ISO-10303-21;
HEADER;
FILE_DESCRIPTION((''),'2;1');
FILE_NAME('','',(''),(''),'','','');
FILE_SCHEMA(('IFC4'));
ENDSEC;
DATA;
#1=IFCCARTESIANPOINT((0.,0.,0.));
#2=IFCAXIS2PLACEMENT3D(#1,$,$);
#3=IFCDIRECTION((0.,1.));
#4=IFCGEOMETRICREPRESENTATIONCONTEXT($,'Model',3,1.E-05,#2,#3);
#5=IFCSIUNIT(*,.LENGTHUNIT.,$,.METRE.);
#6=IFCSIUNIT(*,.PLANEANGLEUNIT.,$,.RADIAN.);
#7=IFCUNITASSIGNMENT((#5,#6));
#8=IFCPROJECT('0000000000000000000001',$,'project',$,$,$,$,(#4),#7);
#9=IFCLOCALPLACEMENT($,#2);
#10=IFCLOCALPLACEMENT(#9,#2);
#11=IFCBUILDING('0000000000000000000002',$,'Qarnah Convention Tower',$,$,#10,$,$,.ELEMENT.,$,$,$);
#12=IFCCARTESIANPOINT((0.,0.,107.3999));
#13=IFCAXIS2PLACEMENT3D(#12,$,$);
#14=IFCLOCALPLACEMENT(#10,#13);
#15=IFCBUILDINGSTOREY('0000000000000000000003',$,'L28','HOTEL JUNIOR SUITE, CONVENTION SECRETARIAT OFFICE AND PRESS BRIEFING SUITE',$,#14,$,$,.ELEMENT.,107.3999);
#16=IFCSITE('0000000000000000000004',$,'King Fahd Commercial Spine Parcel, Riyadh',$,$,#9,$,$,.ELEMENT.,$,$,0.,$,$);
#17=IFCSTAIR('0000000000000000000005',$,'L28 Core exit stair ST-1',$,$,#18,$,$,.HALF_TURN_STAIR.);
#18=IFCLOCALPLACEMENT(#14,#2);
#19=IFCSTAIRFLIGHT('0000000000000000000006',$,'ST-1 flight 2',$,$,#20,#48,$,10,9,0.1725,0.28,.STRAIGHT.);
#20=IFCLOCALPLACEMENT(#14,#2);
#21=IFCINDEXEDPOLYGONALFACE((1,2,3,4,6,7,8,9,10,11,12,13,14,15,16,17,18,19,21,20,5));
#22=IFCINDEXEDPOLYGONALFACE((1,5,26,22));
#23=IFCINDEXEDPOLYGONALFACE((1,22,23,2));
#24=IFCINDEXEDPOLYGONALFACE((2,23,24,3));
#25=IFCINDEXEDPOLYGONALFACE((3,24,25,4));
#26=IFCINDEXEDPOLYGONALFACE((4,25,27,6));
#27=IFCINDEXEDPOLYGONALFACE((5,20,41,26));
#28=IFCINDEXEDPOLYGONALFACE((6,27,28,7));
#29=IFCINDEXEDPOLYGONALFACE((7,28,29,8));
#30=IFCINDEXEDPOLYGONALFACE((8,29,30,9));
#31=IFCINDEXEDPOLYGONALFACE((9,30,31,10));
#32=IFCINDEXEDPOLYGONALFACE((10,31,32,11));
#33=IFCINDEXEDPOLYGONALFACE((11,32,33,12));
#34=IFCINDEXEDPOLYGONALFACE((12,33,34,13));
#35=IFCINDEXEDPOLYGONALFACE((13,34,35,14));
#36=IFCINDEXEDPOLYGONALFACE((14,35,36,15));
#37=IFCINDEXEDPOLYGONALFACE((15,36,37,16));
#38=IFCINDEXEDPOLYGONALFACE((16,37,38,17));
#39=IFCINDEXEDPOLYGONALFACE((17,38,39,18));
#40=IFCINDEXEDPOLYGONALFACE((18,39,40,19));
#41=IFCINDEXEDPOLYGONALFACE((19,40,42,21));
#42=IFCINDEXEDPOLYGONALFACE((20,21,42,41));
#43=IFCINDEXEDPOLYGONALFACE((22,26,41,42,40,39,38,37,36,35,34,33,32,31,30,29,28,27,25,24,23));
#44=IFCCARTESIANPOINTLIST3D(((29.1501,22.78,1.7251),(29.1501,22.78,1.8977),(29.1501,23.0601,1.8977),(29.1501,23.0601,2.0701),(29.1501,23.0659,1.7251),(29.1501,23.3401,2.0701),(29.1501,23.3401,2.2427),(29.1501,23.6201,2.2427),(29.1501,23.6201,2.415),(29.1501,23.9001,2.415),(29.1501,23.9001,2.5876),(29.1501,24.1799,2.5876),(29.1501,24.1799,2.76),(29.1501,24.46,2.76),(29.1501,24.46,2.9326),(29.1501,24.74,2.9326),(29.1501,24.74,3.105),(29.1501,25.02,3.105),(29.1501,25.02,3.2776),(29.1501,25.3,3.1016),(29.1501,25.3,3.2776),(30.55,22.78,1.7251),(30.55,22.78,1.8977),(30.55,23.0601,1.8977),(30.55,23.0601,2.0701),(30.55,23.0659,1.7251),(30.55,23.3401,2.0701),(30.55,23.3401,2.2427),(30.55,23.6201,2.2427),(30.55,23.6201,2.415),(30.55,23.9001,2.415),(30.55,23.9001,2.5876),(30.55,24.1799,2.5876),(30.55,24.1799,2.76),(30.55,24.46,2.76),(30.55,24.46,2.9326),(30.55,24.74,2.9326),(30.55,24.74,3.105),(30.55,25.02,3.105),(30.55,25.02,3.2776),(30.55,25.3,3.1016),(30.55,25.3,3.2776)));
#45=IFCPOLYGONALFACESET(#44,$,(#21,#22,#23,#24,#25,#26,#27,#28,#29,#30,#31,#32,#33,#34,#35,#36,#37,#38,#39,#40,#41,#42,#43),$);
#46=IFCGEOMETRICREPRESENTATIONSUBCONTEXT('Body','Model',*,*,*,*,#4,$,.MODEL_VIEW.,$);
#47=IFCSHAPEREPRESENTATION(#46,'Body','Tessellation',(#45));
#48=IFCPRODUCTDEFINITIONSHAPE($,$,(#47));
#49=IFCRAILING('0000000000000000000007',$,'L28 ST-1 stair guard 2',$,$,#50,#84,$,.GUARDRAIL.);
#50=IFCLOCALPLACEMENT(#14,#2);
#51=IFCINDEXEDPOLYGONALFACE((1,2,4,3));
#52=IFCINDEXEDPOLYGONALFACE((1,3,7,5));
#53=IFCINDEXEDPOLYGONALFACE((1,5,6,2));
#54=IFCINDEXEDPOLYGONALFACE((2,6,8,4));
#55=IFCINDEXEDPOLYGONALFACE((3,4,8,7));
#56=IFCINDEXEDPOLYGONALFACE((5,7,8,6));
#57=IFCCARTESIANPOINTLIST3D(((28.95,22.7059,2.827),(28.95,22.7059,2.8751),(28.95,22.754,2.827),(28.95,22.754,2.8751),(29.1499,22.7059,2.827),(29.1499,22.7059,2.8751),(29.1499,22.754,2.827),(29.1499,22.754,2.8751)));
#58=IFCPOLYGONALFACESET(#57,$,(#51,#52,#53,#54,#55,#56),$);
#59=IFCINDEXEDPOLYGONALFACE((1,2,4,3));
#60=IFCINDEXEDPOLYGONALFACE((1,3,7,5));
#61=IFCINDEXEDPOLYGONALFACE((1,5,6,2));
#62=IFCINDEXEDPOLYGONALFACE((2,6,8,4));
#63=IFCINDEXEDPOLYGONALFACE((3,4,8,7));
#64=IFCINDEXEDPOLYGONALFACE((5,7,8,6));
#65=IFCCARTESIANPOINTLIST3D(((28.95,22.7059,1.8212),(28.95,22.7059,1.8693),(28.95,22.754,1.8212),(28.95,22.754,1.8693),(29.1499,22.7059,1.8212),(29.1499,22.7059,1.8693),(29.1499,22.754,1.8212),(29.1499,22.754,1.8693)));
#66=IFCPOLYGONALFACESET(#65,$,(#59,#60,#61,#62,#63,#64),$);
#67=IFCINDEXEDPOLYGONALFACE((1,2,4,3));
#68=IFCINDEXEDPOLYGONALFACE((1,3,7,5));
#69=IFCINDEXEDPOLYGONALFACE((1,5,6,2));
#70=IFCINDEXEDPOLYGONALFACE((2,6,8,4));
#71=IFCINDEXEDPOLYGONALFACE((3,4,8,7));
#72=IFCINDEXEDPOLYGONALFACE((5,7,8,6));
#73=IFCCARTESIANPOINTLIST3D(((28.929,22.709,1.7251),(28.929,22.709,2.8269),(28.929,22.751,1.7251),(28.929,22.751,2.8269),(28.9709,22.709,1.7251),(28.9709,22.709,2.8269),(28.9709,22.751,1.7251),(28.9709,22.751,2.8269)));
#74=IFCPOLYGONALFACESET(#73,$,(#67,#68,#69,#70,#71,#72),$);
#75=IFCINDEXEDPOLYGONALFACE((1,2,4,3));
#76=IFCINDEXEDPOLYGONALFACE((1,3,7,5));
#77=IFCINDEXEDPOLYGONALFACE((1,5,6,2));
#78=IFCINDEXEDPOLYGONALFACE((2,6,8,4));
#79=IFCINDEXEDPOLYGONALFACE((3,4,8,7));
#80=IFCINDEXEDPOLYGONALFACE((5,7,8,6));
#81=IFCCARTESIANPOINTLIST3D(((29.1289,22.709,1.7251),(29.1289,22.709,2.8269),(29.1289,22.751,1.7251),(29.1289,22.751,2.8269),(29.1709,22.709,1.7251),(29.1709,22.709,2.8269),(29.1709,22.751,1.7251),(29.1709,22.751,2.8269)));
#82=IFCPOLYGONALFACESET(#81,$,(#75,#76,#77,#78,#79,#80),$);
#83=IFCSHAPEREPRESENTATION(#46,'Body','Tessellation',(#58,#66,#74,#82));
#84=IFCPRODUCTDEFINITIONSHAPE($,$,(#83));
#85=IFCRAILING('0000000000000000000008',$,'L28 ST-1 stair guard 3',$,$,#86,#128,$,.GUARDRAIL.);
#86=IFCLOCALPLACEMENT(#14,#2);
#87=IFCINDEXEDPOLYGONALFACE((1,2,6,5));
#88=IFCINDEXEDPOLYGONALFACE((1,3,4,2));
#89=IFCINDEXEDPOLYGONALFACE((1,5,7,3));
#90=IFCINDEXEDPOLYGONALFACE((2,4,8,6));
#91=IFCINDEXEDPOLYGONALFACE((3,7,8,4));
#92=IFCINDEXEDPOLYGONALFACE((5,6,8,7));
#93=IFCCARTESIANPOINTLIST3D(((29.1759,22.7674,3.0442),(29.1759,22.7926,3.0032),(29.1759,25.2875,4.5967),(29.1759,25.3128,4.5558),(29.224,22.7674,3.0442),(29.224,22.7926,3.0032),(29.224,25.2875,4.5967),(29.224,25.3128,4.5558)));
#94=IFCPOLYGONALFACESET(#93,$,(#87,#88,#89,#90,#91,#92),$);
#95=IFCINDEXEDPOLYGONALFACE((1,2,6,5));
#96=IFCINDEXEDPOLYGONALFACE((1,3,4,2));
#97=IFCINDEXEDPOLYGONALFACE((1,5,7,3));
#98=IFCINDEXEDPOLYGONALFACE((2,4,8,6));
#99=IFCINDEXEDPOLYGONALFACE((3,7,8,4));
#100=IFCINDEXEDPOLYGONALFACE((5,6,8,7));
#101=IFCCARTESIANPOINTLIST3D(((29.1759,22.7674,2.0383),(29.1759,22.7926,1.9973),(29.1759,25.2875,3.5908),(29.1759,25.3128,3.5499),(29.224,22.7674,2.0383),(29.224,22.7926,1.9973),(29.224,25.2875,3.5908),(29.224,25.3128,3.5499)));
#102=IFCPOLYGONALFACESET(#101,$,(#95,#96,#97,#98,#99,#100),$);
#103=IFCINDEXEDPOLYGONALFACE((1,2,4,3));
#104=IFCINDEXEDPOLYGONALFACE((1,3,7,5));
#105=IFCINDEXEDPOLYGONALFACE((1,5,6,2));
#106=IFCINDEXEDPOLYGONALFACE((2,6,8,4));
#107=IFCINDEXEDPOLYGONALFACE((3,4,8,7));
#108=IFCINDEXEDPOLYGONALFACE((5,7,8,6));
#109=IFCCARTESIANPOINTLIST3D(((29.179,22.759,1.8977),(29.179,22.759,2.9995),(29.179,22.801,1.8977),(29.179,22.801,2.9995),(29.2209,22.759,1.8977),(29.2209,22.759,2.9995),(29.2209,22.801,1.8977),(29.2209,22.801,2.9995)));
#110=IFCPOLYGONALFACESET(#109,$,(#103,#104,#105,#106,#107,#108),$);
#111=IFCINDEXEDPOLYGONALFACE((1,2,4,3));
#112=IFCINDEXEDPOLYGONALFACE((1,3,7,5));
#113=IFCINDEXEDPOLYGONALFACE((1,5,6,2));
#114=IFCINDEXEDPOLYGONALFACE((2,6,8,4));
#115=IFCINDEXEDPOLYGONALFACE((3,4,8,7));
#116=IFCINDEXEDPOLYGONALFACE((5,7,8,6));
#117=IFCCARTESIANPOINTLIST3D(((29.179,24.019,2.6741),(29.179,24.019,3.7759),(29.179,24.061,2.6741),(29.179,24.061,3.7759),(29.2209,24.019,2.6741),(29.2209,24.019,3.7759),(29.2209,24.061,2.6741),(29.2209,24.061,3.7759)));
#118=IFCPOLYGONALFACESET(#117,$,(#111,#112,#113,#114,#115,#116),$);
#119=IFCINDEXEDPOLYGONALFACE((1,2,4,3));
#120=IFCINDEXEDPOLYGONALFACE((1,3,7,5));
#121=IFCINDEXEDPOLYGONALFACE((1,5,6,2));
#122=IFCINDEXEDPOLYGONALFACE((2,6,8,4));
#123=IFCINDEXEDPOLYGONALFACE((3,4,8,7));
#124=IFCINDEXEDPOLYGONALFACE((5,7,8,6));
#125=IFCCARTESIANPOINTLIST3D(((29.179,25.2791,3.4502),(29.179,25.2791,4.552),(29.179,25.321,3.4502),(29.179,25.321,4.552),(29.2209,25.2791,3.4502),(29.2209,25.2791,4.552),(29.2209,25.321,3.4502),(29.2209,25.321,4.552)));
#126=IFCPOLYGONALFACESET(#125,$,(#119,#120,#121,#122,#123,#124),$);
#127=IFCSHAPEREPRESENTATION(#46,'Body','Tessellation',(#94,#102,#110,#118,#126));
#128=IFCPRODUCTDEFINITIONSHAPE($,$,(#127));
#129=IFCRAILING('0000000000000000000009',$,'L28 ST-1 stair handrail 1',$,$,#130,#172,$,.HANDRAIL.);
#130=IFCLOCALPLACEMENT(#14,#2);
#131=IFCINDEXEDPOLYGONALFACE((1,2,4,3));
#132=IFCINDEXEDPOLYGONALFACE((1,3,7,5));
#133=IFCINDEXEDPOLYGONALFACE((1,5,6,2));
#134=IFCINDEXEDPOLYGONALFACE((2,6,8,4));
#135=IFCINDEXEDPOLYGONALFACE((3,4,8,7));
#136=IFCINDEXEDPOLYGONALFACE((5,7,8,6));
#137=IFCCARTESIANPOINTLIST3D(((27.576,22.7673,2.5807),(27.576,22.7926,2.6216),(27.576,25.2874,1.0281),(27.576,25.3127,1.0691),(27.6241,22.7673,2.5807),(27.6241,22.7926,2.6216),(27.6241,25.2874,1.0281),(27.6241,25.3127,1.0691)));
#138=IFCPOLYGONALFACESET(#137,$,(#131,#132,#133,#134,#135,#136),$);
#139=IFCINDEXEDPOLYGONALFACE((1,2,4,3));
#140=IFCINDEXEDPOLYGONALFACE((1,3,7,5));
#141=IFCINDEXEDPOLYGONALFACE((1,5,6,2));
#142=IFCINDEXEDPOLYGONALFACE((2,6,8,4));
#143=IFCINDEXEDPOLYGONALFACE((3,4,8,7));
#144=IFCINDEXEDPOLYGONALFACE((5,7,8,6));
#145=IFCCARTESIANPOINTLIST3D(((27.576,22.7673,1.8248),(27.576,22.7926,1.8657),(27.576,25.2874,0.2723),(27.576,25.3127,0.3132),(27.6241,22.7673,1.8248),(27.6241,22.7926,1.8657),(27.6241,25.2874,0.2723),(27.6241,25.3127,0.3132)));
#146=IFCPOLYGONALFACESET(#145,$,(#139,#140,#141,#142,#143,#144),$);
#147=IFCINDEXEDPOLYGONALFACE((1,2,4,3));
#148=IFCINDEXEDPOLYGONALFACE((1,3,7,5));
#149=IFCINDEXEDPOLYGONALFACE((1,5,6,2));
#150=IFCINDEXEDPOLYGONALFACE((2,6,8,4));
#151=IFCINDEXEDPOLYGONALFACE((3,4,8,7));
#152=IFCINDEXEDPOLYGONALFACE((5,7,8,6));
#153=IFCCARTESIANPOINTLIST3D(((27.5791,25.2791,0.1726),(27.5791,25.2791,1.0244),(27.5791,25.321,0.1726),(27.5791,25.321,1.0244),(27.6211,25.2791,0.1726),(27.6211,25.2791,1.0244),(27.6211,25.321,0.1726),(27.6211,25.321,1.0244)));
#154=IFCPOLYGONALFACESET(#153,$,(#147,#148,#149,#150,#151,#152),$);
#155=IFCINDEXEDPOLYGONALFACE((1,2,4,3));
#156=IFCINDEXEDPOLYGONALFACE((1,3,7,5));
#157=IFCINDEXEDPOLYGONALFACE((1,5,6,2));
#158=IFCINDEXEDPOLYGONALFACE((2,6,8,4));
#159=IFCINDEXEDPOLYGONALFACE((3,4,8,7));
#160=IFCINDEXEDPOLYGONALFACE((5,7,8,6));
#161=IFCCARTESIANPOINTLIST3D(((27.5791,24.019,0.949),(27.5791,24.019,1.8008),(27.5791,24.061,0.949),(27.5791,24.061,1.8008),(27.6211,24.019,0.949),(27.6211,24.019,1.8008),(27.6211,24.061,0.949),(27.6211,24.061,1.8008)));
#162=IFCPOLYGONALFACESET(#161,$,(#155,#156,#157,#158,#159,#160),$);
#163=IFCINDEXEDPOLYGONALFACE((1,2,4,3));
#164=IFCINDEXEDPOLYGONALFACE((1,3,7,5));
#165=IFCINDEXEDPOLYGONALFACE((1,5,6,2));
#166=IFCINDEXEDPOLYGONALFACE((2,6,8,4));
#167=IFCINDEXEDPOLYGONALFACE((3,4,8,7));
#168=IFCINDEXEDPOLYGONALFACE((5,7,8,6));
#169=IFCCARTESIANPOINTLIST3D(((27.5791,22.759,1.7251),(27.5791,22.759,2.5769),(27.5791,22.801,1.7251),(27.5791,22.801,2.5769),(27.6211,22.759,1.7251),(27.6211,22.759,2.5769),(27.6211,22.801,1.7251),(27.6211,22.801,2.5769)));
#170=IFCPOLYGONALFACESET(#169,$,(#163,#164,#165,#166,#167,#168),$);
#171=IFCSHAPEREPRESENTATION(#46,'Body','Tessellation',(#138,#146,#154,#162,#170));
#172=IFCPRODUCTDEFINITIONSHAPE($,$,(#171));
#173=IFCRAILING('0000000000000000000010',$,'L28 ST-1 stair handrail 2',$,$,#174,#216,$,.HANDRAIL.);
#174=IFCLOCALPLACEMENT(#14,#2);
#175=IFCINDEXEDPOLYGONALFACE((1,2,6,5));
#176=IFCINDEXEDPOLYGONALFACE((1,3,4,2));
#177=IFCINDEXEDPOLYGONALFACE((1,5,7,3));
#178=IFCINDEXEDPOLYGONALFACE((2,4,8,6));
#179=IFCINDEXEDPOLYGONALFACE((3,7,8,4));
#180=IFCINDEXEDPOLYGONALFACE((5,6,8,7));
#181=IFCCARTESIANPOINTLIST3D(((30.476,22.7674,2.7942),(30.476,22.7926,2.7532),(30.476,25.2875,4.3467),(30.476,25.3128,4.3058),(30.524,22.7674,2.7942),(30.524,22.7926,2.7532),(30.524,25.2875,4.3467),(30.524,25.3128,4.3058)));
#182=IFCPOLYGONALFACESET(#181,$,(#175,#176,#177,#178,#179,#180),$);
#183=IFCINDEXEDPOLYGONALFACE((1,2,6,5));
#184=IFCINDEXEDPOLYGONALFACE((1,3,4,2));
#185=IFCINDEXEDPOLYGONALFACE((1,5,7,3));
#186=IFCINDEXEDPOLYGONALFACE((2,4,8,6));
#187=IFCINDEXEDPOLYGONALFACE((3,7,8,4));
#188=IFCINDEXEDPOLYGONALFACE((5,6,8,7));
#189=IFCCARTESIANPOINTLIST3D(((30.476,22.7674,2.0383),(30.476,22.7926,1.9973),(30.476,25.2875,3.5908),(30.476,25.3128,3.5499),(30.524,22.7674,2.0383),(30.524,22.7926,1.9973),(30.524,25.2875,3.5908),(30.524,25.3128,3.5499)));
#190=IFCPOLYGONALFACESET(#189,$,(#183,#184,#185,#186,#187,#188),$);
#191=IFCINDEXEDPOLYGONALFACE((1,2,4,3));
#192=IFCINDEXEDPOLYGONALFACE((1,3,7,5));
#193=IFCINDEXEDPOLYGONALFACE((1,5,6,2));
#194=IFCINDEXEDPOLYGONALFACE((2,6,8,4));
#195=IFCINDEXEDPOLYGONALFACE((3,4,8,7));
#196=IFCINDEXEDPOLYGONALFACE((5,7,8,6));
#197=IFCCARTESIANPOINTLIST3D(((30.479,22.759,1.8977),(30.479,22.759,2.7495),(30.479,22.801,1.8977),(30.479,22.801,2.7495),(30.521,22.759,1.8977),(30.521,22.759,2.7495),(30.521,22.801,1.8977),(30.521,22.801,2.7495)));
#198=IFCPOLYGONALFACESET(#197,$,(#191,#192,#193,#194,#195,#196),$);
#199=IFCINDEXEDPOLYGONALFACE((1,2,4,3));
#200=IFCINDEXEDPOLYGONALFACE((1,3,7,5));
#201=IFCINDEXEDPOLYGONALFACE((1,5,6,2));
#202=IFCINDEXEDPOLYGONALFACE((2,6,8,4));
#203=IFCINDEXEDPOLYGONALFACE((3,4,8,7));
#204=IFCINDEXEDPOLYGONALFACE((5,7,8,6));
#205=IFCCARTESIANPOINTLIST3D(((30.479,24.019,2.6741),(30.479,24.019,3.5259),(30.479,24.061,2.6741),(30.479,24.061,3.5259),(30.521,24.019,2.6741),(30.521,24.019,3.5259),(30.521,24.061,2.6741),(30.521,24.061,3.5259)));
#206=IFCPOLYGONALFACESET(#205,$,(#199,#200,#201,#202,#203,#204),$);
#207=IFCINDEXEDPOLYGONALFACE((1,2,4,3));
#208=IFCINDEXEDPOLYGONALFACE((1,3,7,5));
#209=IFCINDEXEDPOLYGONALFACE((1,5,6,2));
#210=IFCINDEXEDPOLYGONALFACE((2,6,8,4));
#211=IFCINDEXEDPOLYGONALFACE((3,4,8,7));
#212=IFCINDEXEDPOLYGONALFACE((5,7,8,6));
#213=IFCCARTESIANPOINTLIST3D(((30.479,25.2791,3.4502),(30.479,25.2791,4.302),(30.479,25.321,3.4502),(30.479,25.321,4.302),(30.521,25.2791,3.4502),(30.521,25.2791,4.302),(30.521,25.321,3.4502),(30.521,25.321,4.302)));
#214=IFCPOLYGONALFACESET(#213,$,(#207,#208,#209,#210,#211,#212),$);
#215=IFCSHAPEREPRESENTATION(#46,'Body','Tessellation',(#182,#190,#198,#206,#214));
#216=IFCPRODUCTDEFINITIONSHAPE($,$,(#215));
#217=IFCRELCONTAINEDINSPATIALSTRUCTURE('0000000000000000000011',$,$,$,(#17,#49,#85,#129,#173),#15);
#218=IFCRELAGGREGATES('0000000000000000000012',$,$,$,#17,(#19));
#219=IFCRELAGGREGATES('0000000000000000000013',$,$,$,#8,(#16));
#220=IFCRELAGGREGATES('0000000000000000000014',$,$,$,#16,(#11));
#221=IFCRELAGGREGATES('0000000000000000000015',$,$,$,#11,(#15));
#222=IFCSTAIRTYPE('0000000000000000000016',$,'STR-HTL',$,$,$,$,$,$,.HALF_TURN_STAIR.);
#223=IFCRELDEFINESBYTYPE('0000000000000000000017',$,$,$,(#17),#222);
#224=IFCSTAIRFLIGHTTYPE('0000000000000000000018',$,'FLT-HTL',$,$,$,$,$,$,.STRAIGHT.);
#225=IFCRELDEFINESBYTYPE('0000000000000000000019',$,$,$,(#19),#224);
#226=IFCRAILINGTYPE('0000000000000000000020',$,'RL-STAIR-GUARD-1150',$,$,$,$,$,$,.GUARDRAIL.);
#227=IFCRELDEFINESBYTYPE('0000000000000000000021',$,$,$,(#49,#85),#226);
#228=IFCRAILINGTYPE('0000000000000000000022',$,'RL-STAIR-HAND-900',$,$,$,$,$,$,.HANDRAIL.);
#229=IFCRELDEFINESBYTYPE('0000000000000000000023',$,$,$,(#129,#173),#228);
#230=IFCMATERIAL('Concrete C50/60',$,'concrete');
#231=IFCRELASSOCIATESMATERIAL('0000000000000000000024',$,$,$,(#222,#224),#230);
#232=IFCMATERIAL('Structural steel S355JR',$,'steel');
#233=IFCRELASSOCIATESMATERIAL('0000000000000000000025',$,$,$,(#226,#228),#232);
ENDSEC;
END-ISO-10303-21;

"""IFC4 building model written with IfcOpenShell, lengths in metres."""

from ifc_helpers import new_model, si_unit, direction, frame, origin, origin_2d, place, context, subcontext, project, spatial, polyline, rectangle, outline, extrude, material, type_object, element, aggregate, save


model = new_model("IFC4")

# Units and contexts
model_context = context("Model", 3, precision=1e-05, world=origin(), true_north=direction((0.0, 1.0)))
body_context = subcontext(model_context, "Body", "Model", "MODEL_VIEW")
ifc_project = project(units=[si_unit("LENGTHUNIT", "METRE"), si_unit("PLANEANGLEUNIT", "RADIAN")], contexts=[model_context])

# Site, building, storey
site_placement = place(None, origin())
site = spatial("IfcSite", under=ifc_project, at=site_placement, Name="King Fahd Commercial Spine Parcel, Riyadh", CompositionType="ELEMENT", RefElevation=0.0)
building_placement = place(site_placement, origin())
building = spatial("IfcBuilding", under=site, at=building_placement, Name="Qarnah Convention Tower", CompositionType="ELEMENT")
storey_placement = place(building_placement, frame((0.0, 0.0, 107.3999)))
storey = spatial("IfcBuildingStorey", under=building, at=storey_placement, Name="L28", Description="HOTEL JUNIOR SUITE, CONVENTION SECRETARIAT OFFICE AND PRESS BRIEFING SUITE", CompositionType="ELEMENT", Elevation=107.3999)

# Shared definitions
ifc_material_1 = material(Name="Structural steel S355JR", Category="steel")

# Stair, stair flight
ifc_material_2 = material(Name="Concrete C50/60", Category="concrete")
stair_type = type_object("IfcStairType", Name="STR-HTL", PredefinedType="HALF_TURN_STAIR", material=ifc_material_2)
stair_placement = place(storey_placement, origin())
stair = element("IfcStair", 1, at=stair_placement, inside=storey, type_object=stair_type, Name="L28 Core exit stair ST-1", PredefinedType="HALF_TURN_STAIR")
stair_flight_type = type_object("IfcStairFlightType", Name="FLT-HTL", PredefinedType="STRAIGHT", material=ifc_material_2)
stair_flight_1_placement = place(storey_placement, frame((29.8501, 22.78, 1.7251), z_axis=(0.0, 0.0, 1.0), x_axis=(0.0, 1.0, 0.0)))
stair_flight_1 = element("IfcStairFlight", 2, at=stair_flight_1_placement, type_object=stair_flight_type, Name="ST-1 flight 2", NumberOfRisers=10, NumberOfTreads=9, PredefinedType="STRAIGHT", RiserHeight=0.1725, TreadLength=0.28, context=body_context, shape_type="SweptSolid", body=[
    extrude(outline(polyline([(0.0, 0.0), (0.0, 0.1726), (0.28, 0.1726), (0.28, 0.345), (0.5601, 0.345), (0.5601, 0.5176), (0.8401, 0.5176), (0.8401, 0.6899), (1.1201, 0.6899), (1.1201, 0.8625), (1.3999, 0.8625), (1.3999, 1.0349), (1.6799, 1.0349), (1.6799, 1.2075), (1.96, 1.2075), (1.96, 1.3799), (2.24, 1.3799), (2.24, 1.5525), (2.52, 1.5525), (2.52, 1.7251), (2.52, 1.3765), (0.2859, 0.0), (0.0, 0.0)])), frame((0.0, 0.7, 0.0), z_axis=(0.0, -1.0, 0.0), x_axis=(1.0, 0.0, 0.0)), (0.0, 0.0, 1.0), 1.3999),
])
aggregate(stair, [stair_flight_1])

# Railings
railing_type_1 = type_object("IfcRailingType", Name="RL-STAIR-GUARD-1150", PredefinedType="GUARDRAIL", material=ifc_material_1)
railing_1_placement = place(storey_placement, frame((28.95, 22.73, 1.7251)))
element("IfcRailing", 3, at=railing_1_placement, inside=storey, type_object=railing_type_1, Name="L28 ST-1 stair guard 2", PredefinedType="GUARDRAIL", context=body_context, shape_type="SweptSolid", body=[
    extrude(rectangle(XDim=0.0481, YDim=0.0481, at=origin_2d()), frame((0.0, 0.0, 1.126), z_axis=(1.0, 0.0, 0.0), x_axis=(0.0, 1.0, 0.0)), (0.0, 0.0, 1.0), 0.2),
    extrude(rectangle(XDim=0.0481, YDim=0.0481, at=origin_2d()), frame((0.0, 0.0, 0.1201), z_axis=(1.0, 0.0, 0.0), x_axis=(0.0, 1.0, 0.0)), (0.0, 0.0, 1.0), 0.2),
    extrude(rectangle(XDim=0.042, YDim=0.042, at=origin_2d()), origin(), (0.0, 0.0, 1.0), 1.1018),
    extrude(rectangle(XDim=0.042, YDim=0.042, at=origin_2d()), frame((0.2, 0.0, 0.0)), (0.0, 0.0, 1.0), 1.1018),
])
railing_2_placement = place(storey_placement, frame((29.2, 22.78, 1.8977)))
element("IfcRailing", 4, at=railing_2_placement, inside=storey, type_object=railing_type_1, Name="L28 ST-1 stair guard 3", PredefinedType="GUARDRAIL", context=body_context, shape_type="SweptSolid", body=[
    extrude(rectangle(XDim=0.0481, YDim=0.0481, at=origin_2d()), frame((0.0, 0.0, 1.126), z_axis=(0.0, 0.8514, 0.524516), x_axis=(-1.0, 0.0, 0.0)), (0.0, 0.0, 1.0), 2.96),
    extrude(rectangle(XDim=0.0481, YDim=0.0481, at=origin_2d()), frame((0.0, 0.0, 0.1201), z_axis=(0.0, 0.8514, 0.524516), x_axis=(-1.0, 0.0, 0.0)), (0.0, 0.0, 1.0), 2.96),
    extrude(rectangle(XDim=0.042, YDim=0.042, at=origin_2d()), origin(), (0.0, 0.0, 1.0), 1.1018),
    extrude(rectangle(XDim=0.042, YDim=0.042, at=origin_2d()), frame((0.0, 1.26, 0.7764)), (0.0, 0.0, 1.0), 1.1018),
    extrude(rectangle(XDim=0.042, YDim=0.042, at=origin_2d()), frame((0.0, 2.52, 1.5525)), (0.0, 0.0, 1.0), 1.1018),
])
railing_type_2 = type_object("IfcRailingType", Name="RL-STAIR-HAND-900", PredefinedType="HANDRAIL", material=ifc_material_1)
railing_3_placement = place(storey_placement, frame((27.6001, 25.3, 0.1726)))
element("IfcRailing", 5, at=railing_3_placement, inside=storey, type_object=railing_type_2, Name="L28 ST-1 stair handrail 1", PredefinedType="HANDRAIL", context=body_context, shape_type="SweptSolid", body=[
    extrude(rectangle(XDim=0.0481, YDim=0.0481, at=origin_2d()), frame((0.0, 0.0, 0.876), z_axis=(0.0, -0.8514, 0.524516), x_axis=(1.0, 0.0, 0.0)), (0.0, 0.0, 1.0), 2.96),
    extrude(rectangle(XDim=0.0481, YDim=0.0481, at=origin_2d()), frame((0.0, 0.0, 0.1201), z_axis=(0.0, -0.8514, 0.524516), x_axis=(1.0, 0.0, 0.0)), (0.0, 0.0, 1.0), 2.96),
    extrude(rectangle(XDim=0.042, YDim=0.042, at=origin_2d()), origin(), (0.0, 0.0, 1.0), 0.8518),
    extrude(rectangle(XDim=0.042, YDim=0.042, at=origin_2d()), frame((0.0, -1.26, 0.7764)), (0.0, 0.0, 1.0), 0.8518),
    extrude(rectangle(XDim=0.042, YDim=0.042, at=origin_2d()), frame((0.0, -2.52, 1.5525)), (0.0, 0.0, 1.0), 0.8518),
])
railing_4_placement = place(storey_placement, frame((30.5, 22.78, 1.8977)))
element("IfcRailing", 6, at=railing_4_placement, inside=storey, type_object=railing_type_2, Name="L28 ST-1 stair handrail 2", PredefinedType="HANDRAIL", context=body_context, shape_type="SweptSolid", body=[
    extrude(rectangle(XDim=0.0481, YDim=0.0481, at=origin_2d()), frame((0.0, 0.0, 0.876), z_axis=(0.0, 0.8514, 0.524516), x_axis=(-1.0, 0.0, 0.0)), (0.0, 0.0, 1.0), 2.96),
    extrude(rectangle(XDim=0.0481, YDim=0.0481, at=origin_2d()), frame((0.0, 0.0, 0.1201), z_axis=(0.0, 0.8514, 0.524516), x_axis=(-1.0, 0.0, 0.0)), (0.0, 0.0, 1.0), 2.96),
    extrude(rectangle(XDim=0.042, YDim=0.042, at=origin_2d()), origin(), (0.0, 0.0, 1.0), 0.8518),
    extrude(rectangle(XDim=0.042, YDim=0.042, at=origin_2d()), frame((0.0, 1.26, 0.7764)), (0.0, 0.0, 1.0), 0.8518),
    extrude(rectangle(XDim=0.042, YDim=0.042, at=origin_2d()), frame((0.0, 2.52, 1.5525)), (0.0, 0.0, 1.0), 0.8518),
])

save(model, "model.ifc")
